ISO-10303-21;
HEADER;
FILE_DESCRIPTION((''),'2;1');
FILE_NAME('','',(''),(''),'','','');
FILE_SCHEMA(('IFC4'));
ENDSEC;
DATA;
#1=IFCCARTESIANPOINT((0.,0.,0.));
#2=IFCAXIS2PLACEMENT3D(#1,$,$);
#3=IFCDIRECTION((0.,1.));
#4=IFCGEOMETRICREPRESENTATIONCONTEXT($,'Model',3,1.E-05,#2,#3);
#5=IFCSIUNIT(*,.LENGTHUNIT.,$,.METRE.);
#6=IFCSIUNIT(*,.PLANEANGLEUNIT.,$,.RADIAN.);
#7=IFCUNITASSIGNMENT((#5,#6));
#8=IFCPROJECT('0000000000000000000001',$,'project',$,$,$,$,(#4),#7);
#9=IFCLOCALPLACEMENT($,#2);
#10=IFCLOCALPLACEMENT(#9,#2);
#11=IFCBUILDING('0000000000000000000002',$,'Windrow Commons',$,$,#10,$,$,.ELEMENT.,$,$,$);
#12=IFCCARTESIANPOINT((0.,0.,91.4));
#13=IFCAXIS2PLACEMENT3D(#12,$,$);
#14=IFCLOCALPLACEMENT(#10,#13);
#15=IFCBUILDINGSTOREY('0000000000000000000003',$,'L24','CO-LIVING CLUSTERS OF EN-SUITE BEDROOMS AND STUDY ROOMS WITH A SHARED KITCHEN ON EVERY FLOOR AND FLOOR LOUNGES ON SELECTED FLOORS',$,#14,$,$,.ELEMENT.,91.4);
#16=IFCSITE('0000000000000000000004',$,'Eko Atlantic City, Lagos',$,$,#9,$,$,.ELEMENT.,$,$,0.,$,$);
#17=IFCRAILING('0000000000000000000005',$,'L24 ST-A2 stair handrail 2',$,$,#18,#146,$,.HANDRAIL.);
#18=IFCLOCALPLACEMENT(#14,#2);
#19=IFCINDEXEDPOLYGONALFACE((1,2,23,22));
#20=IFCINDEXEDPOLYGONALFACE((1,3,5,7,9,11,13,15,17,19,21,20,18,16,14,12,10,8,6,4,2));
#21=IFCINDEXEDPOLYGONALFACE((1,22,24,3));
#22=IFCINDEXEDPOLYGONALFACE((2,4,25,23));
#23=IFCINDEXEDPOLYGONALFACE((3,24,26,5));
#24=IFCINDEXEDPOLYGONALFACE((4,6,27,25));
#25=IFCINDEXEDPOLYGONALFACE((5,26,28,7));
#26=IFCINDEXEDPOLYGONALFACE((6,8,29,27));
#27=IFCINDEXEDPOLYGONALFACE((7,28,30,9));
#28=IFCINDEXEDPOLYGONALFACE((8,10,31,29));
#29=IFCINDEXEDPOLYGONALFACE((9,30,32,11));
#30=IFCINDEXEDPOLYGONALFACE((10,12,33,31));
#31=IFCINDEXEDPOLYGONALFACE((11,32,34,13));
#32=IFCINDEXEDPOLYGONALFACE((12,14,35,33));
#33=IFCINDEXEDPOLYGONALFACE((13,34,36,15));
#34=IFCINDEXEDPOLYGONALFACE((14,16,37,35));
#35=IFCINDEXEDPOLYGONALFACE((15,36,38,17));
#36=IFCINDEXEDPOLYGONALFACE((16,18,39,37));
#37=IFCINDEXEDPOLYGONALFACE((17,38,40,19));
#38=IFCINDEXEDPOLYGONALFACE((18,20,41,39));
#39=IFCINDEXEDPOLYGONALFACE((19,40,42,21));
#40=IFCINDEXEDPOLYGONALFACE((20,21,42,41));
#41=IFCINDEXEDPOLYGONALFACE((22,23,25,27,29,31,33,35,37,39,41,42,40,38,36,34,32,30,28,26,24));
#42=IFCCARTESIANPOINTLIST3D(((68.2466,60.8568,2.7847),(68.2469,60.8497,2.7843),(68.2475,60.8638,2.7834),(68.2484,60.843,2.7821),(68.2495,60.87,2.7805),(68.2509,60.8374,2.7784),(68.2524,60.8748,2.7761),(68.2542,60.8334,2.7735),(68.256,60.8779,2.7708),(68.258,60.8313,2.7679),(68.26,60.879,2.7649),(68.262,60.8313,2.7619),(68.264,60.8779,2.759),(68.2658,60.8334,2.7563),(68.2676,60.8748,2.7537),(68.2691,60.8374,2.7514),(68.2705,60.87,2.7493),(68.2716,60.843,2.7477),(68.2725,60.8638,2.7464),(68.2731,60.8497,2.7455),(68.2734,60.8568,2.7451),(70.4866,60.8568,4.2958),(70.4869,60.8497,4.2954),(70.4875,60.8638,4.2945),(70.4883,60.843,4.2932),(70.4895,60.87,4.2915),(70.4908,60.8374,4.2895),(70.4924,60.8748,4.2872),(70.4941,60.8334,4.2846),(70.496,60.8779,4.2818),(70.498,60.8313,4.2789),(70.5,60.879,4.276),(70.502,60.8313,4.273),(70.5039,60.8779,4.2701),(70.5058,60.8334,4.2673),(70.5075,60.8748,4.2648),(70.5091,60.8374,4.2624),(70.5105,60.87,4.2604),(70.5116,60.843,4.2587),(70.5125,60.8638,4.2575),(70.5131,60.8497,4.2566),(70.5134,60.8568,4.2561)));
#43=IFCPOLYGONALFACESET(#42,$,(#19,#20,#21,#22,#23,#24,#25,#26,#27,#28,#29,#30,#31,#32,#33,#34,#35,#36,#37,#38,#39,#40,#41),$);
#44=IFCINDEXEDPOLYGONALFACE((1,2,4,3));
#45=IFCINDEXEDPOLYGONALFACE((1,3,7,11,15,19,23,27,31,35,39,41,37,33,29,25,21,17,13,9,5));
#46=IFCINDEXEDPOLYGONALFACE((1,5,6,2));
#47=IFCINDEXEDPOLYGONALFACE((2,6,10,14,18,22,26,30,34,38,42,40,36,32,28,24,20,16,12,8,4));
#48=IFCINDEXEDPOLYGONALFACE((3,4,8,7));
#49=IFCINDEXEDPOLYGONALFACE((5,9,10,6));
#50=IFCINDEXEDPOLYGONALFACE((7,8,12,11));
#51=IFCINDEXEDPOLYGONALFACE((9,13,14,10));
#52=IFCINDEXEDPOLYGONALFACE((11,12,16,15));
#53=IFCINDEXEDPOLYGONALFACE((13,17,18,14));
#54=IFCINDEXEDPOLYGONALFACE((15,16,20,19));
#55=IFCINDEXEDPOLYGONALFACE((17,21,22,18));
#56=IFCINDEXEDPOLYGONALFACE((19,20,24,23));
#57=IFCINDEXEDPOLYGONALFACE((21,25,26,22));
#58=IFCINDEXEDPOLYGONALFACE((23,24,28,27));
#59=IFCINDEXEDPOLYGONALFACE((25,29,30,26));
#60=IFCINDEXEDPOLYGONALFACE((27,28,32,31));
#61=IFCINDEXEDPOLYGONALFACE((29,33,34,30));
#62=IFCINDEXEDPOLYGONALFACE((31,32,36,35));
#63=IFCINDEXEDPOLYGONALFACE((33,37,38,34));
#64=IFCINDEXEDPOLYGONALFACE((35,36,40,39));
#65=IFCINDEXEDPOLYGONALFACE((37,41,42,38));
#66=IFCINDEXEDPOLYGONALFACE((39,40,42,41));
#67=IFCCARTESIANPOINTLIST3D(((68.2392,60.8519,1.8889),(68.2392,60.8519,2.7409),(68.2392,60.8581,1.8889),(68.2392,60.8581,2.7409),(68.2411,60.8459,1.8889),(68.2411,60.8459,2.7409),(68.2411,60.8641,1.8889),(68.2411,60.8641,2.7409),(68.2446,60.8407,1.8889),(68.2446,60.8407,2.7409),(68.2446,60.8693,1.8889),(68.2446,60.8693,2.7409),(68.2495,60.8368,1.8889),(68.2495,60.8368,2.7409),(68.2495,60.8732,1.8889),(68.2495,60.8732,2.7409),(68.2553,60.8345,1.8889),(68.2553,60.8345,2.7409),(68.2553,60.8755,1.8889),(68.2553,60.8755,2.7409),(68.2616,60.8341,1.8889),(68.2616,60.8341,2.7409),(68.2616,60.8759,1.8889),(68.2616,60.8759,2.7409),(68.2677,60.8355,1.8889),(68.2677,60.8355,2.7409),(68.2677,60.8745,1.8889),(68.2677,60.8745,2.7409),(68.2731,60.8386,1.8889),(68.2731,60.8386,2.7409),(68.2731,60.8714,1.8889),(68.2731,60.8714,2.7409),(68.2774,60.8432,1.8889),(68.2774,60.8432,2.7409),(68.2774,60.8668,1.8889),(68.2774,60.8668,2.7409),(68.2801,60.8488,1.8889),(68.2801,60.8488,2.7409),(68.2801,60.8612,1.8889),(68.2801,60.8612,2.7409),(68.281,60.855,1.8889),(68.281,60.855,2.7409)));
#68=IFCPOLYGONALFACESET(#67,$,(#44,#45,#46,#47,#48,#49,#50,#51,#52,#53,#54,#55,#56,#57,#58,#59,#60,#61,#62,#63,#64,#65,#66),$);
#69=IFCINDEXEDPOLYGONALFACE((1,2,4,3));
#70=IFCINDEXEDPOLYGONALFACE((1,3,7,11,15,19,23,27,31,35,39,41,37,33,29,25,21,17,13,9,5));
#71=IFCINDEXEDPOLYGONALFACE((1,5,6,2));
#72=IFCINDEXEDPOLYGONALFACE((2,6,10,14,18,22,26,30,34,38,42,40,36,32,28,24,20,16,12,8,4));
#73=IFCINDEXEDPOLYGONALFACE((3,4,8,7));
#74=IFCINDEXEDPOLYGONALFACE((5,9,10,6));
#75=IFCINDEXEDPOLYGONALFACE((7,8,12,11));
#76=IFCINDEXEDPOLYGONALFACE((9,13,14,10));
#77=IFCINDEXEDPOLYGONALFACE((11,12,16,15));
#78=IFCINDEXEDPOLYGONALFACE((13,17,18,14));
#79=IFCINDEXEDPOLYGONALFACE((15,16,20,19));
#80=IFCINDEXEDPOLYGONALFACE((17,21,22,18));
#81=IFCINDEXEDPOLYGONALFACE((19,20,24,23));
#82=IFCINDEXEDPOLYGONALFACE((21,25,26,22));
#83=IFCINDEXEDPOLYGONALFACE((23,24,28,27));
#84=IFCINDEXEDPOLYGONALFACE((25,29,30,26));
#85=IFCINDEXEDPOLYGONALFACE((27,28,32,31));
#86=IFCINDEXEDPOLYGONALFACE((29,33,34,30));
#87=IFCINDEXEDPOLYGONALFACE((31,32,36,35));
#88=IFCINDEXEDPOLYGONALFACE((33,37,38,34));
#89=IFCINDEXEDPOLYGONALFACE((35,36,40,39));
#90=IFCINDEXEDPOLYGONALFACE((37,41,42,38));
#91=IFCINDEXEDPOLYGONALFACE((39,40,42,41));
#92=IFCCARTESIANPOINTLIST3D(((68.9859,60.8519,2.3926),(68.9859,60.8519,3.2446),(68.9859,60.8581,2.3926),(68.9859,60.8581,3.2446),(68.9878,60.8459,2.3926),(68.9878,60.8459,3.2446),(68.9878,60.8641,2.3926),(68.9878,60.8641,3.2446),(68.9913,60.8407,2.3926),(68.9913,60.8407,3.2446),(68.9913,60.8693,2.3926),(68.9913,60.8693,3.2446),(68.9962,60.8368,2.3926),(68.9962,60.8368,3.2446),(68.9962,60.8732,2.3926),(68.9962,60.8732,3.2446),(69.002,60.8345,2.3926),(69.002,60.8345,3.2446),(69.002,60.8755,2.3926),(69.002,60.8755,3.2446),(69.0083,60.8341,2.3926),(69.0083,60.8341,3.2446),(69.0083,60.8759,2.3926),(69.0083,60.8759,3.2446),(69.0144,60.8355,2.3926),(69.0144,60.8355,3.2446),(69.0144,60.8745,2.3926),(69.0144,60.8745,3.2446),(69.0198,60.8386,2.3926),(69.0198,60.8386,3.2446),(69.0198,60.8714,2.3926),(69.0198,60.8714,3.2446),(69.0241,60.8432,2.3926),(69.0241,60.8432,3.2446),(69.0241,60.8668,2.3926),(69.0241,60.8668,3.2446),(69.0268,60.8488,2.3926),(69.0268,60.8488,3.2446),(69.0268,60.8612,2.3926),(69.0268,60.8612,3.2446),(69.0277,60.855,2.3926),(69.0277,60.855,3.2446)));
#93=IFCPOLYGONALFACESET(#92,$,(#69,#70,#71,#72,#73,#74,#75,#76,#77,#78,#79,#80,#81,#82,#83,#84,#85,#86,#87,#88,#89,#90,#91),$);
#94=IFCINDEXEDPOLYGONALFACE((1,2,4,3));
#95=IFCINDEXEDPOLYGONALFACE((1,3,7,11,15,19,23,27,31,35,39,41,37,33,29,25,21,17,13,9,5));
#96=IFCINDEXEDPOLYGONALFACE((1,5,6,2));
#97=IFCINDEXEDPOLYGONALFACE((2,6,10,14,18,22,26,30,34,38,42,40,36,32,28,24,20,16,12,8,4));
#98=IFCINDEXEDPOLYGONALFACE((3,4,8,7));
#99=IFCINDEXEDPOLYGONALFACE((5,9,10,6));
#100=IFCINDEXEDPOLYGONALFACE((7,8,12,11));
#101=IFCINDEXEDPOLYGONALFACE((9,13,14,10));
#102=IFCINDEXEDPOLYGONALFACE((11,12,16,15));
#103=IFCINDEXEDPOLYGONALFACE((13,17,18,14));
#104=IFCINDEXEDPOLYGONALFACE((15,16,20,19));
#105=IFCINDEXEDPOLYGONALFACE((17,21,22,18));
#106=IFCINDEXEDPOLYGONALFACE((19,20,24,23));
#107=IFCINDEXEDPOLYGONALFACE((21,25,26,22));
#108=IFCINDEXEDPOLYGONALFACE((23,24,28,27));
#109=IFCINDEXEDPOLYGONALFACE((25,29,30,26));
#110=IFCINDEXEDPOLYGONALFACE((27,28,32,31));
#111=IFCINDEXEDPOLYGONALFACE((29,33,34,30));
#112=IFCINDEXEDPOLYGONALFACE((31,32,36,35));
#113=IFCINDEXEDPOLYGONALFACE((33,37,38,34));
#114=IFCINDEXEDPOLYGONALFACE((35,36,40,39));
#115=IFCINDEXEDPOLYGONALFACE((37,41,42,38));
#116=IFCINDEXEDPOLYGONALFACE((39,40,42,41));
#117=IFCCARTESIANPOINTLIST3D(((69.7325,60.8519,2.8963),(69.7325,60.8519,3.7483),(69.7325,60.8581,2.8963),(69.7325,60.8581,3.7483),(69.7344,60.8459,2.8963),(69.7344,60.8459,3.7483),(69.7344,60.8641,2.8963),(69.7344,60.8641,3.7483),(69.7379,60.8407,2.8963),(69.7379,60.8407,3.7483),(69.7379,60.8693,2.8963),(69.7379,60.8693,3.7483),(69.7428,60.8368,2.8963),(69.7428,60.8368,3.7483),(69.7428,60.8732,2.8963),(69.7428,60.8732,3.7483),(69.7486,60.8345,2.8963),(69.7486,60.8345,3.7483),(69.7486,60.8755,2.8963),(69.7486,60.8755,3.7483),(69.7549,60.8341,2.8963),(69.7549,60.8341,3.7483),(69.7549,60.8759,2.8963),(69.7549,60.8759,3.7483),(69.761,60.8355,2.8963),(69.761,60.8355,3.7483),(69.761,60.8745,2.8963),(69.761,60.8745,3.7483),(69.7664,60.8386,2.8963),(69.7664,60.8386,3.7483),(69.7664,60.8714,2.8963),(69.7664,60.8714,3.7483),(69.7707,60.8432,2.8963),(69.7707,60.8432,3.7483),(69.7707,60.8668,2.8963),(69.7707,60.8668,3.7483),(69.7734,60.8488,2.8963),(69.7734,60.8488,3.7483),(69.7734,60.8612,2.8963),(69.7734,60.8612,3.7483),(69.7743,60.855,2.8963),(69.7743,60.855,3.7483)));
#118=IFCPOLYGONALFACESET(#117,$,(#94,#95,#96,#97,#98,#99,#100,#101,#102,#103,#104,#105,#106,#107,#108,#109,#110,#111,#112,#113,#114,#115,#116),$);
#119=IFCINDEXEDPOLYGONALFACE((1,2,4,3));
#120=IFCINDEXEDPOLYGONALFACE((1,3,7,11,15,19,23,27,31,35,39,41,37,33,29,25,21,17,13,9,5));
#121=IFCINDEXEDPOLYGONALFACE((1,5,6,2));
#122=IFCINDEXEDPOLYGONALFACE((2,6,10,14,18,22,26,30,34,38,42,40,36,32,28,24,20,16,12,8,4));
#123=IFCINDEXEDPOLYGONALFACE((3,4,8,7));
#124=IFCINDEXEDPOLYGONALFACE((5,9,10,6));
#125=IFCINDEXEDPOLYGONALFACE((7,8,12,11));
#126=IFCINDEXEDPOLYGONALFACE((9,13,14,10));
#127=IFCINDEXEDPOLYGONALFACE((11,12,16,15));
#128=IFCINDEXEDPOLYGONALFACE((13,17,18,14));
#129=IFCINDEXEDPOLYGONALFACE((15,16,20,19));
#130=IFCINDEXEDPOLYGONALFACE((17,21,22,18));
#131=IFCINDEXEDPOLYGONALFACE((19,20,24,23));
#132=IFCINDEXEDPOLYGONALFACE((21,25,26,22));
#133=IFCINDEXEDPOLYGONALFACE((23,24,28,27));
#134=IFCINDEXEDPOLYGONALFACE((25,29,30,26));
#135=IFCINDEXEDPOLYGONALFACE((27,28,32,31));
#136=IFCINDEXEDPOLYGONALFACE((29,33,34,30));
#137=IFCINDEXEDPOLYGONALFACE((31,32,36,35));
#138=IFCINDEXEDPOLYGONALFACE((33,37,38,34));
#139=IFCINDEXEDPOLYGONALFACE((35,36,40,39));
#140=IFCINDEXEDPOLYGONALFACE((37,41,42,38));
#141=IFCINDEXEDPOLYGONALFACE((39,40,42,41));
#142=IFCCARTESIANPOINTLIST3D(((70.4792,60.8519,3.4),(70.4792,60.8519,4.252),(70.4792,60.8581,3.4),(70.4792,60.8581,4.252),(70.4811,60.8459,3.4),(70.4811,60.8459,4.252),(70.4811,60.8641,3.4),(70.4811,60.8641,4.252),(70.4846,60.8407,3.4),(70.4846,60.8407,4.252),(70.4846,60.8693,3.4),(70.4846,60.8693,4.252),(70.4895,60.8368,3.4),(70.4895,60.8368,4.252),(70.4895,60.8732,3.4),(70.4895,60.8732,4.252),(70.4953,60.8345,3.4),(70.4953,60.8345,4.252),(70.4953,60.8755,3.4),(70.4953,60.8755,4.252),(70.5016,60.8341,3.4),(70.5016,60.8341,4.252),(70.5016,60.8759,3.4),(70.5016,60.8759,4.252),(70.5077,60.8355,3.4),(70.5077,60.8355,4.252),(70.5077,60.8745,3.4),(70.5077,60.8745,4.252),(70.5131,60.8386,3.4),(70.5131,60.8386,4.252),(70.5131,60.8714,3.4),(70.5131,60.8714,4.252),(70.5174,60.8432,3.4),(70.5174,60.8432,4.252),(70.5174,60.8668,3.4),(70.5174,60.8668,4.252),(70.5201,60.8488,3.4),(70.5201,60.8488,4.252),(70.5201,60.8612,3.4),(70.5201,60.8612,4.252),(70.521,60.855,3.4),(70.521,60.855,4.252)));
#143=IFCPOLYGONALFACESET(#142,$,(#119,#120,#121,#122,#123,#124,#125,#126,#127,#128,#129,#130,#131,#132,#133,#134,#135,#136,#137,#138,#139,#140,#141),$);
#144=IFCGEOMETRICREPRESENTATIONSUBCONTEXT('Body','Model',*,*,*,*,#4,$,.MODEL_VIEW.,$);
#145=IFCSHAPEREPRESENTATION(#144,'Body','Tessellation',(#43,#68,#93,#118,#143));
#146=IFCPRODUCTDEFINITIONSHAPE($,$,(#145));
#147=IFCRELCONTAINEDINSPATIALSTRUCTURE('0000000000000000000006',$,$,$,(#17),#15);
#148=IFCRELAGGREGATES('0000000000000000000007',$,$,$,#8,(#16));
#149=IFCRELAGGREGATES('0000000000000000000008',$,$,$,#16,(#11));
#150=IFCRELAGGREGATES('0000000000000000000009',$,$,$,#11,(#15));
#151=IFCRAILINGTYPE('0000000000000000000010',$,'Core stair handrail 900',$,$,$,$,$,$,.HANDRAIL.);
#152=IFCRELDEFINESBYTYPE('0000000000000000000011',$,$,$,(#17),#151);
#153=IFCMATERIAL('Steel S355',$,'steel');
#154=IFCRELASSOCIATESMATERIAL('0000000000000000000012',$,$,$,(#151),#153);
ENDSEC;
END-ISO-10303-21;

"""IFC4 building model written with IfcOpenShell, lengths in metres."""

from ifc_helpers import new_model, si_unit, direction, frame, origin, origin_2d, place, context, subcontext, project, spatial, circle, extrude, material, type_object, element, save


model = new_model("IFC4")

# Units and contexts
model_context = context("Model", 3, precision=1e-05, world=origin(), true_north=direction((0.0, 1.0)))
body_context = subcontext(model_context, "Body", "Model", "MODEL_VIEW")
ifc_project = project(units=[si_unit("LENGTHUNIT", "METRE"), si_unit("PLANEANGLEUNIT", "RADIAN")], contexts=[model_context])

# Site, building, storey
site_placement = place(None, origin())
site = spatial("IfcSite", under=ifc_project, at=site_placement, Name="Eko Atlantic City, Lagos", CompositionType="ELEMENT", RefElevation=0.0)
building_placement = place(site_placement, origin())
building = spatial("IfcBuilding", under=site, at=building_placement, Name="Windrow Commons", CompositionType="ELEMENT")
storey_placement = place(building_placement, frame((0.0, 0.0, 91.4)))
storey = spatial("IfcBuildingStorey", under=building, at=storey_placement, Name="L24", Description="CO-LIVING CLUSTERS OF EN-SUITE BEDROOMS AND STUDY ROOMS WITH A SHARED KITCHEN ON EVERY FLOOR AND FLOOR LOUNGES ON SELECTED FLOORS", CompositionType="ELEMENT", Elevation=91.4)

# Railing
ifc_material_1 = material(Name="Steel S355", Category="steel")
railing_type_1 = type_object("IfcRailingType", Name="Core stair handrail 900", PredefinedType="HANDRAIL", material=ifc_material_1)
railing_1_placement = place(storey_placement, frame((68.26, 60.855, 1.8889)))
element("IfcRailing", 1, at=railing_1_placement, inside=storey, type_object=railing_type_1, Name="L24 ST-A2 stair handrail 2", PredefinedType="HANDRAIL", context=body_context, shape_type="SweptSolid", body=[
    extrude(circle(Radius=0.024, at=origin_2d()), frame((0.0, 0.0, 0.876), z_axis=(0.829003, 0.0, 0.559244), x_axis=(0.0, 1.0, 0.0)), (0.0, 0.0, 1.0), 2.702),
    extrude(circle(Radius=0.021, at=origin_2d()), origin(), (0.0, 0.0, 1.0), 0.852),
    extrude(circle(Radius=0.021, at=origin_2d()), frame((0.7467, 0.0, 0.5037)), (0.0, 0.0, 1.0), 0.852),
    extrude(circle(Radius=0.021, at=origin_2d()), frame((1.4933, 0.0, 1.0074)), (0.0, 0.0, 1.0), 0.852),
    extrude(circle(Radius=0.021, at=origin_2d()), frame((2.24, 0.0, 1.5111)), (0.0, 0.0, 1.0), 0.852),
])

save(model, "model.ifc")
